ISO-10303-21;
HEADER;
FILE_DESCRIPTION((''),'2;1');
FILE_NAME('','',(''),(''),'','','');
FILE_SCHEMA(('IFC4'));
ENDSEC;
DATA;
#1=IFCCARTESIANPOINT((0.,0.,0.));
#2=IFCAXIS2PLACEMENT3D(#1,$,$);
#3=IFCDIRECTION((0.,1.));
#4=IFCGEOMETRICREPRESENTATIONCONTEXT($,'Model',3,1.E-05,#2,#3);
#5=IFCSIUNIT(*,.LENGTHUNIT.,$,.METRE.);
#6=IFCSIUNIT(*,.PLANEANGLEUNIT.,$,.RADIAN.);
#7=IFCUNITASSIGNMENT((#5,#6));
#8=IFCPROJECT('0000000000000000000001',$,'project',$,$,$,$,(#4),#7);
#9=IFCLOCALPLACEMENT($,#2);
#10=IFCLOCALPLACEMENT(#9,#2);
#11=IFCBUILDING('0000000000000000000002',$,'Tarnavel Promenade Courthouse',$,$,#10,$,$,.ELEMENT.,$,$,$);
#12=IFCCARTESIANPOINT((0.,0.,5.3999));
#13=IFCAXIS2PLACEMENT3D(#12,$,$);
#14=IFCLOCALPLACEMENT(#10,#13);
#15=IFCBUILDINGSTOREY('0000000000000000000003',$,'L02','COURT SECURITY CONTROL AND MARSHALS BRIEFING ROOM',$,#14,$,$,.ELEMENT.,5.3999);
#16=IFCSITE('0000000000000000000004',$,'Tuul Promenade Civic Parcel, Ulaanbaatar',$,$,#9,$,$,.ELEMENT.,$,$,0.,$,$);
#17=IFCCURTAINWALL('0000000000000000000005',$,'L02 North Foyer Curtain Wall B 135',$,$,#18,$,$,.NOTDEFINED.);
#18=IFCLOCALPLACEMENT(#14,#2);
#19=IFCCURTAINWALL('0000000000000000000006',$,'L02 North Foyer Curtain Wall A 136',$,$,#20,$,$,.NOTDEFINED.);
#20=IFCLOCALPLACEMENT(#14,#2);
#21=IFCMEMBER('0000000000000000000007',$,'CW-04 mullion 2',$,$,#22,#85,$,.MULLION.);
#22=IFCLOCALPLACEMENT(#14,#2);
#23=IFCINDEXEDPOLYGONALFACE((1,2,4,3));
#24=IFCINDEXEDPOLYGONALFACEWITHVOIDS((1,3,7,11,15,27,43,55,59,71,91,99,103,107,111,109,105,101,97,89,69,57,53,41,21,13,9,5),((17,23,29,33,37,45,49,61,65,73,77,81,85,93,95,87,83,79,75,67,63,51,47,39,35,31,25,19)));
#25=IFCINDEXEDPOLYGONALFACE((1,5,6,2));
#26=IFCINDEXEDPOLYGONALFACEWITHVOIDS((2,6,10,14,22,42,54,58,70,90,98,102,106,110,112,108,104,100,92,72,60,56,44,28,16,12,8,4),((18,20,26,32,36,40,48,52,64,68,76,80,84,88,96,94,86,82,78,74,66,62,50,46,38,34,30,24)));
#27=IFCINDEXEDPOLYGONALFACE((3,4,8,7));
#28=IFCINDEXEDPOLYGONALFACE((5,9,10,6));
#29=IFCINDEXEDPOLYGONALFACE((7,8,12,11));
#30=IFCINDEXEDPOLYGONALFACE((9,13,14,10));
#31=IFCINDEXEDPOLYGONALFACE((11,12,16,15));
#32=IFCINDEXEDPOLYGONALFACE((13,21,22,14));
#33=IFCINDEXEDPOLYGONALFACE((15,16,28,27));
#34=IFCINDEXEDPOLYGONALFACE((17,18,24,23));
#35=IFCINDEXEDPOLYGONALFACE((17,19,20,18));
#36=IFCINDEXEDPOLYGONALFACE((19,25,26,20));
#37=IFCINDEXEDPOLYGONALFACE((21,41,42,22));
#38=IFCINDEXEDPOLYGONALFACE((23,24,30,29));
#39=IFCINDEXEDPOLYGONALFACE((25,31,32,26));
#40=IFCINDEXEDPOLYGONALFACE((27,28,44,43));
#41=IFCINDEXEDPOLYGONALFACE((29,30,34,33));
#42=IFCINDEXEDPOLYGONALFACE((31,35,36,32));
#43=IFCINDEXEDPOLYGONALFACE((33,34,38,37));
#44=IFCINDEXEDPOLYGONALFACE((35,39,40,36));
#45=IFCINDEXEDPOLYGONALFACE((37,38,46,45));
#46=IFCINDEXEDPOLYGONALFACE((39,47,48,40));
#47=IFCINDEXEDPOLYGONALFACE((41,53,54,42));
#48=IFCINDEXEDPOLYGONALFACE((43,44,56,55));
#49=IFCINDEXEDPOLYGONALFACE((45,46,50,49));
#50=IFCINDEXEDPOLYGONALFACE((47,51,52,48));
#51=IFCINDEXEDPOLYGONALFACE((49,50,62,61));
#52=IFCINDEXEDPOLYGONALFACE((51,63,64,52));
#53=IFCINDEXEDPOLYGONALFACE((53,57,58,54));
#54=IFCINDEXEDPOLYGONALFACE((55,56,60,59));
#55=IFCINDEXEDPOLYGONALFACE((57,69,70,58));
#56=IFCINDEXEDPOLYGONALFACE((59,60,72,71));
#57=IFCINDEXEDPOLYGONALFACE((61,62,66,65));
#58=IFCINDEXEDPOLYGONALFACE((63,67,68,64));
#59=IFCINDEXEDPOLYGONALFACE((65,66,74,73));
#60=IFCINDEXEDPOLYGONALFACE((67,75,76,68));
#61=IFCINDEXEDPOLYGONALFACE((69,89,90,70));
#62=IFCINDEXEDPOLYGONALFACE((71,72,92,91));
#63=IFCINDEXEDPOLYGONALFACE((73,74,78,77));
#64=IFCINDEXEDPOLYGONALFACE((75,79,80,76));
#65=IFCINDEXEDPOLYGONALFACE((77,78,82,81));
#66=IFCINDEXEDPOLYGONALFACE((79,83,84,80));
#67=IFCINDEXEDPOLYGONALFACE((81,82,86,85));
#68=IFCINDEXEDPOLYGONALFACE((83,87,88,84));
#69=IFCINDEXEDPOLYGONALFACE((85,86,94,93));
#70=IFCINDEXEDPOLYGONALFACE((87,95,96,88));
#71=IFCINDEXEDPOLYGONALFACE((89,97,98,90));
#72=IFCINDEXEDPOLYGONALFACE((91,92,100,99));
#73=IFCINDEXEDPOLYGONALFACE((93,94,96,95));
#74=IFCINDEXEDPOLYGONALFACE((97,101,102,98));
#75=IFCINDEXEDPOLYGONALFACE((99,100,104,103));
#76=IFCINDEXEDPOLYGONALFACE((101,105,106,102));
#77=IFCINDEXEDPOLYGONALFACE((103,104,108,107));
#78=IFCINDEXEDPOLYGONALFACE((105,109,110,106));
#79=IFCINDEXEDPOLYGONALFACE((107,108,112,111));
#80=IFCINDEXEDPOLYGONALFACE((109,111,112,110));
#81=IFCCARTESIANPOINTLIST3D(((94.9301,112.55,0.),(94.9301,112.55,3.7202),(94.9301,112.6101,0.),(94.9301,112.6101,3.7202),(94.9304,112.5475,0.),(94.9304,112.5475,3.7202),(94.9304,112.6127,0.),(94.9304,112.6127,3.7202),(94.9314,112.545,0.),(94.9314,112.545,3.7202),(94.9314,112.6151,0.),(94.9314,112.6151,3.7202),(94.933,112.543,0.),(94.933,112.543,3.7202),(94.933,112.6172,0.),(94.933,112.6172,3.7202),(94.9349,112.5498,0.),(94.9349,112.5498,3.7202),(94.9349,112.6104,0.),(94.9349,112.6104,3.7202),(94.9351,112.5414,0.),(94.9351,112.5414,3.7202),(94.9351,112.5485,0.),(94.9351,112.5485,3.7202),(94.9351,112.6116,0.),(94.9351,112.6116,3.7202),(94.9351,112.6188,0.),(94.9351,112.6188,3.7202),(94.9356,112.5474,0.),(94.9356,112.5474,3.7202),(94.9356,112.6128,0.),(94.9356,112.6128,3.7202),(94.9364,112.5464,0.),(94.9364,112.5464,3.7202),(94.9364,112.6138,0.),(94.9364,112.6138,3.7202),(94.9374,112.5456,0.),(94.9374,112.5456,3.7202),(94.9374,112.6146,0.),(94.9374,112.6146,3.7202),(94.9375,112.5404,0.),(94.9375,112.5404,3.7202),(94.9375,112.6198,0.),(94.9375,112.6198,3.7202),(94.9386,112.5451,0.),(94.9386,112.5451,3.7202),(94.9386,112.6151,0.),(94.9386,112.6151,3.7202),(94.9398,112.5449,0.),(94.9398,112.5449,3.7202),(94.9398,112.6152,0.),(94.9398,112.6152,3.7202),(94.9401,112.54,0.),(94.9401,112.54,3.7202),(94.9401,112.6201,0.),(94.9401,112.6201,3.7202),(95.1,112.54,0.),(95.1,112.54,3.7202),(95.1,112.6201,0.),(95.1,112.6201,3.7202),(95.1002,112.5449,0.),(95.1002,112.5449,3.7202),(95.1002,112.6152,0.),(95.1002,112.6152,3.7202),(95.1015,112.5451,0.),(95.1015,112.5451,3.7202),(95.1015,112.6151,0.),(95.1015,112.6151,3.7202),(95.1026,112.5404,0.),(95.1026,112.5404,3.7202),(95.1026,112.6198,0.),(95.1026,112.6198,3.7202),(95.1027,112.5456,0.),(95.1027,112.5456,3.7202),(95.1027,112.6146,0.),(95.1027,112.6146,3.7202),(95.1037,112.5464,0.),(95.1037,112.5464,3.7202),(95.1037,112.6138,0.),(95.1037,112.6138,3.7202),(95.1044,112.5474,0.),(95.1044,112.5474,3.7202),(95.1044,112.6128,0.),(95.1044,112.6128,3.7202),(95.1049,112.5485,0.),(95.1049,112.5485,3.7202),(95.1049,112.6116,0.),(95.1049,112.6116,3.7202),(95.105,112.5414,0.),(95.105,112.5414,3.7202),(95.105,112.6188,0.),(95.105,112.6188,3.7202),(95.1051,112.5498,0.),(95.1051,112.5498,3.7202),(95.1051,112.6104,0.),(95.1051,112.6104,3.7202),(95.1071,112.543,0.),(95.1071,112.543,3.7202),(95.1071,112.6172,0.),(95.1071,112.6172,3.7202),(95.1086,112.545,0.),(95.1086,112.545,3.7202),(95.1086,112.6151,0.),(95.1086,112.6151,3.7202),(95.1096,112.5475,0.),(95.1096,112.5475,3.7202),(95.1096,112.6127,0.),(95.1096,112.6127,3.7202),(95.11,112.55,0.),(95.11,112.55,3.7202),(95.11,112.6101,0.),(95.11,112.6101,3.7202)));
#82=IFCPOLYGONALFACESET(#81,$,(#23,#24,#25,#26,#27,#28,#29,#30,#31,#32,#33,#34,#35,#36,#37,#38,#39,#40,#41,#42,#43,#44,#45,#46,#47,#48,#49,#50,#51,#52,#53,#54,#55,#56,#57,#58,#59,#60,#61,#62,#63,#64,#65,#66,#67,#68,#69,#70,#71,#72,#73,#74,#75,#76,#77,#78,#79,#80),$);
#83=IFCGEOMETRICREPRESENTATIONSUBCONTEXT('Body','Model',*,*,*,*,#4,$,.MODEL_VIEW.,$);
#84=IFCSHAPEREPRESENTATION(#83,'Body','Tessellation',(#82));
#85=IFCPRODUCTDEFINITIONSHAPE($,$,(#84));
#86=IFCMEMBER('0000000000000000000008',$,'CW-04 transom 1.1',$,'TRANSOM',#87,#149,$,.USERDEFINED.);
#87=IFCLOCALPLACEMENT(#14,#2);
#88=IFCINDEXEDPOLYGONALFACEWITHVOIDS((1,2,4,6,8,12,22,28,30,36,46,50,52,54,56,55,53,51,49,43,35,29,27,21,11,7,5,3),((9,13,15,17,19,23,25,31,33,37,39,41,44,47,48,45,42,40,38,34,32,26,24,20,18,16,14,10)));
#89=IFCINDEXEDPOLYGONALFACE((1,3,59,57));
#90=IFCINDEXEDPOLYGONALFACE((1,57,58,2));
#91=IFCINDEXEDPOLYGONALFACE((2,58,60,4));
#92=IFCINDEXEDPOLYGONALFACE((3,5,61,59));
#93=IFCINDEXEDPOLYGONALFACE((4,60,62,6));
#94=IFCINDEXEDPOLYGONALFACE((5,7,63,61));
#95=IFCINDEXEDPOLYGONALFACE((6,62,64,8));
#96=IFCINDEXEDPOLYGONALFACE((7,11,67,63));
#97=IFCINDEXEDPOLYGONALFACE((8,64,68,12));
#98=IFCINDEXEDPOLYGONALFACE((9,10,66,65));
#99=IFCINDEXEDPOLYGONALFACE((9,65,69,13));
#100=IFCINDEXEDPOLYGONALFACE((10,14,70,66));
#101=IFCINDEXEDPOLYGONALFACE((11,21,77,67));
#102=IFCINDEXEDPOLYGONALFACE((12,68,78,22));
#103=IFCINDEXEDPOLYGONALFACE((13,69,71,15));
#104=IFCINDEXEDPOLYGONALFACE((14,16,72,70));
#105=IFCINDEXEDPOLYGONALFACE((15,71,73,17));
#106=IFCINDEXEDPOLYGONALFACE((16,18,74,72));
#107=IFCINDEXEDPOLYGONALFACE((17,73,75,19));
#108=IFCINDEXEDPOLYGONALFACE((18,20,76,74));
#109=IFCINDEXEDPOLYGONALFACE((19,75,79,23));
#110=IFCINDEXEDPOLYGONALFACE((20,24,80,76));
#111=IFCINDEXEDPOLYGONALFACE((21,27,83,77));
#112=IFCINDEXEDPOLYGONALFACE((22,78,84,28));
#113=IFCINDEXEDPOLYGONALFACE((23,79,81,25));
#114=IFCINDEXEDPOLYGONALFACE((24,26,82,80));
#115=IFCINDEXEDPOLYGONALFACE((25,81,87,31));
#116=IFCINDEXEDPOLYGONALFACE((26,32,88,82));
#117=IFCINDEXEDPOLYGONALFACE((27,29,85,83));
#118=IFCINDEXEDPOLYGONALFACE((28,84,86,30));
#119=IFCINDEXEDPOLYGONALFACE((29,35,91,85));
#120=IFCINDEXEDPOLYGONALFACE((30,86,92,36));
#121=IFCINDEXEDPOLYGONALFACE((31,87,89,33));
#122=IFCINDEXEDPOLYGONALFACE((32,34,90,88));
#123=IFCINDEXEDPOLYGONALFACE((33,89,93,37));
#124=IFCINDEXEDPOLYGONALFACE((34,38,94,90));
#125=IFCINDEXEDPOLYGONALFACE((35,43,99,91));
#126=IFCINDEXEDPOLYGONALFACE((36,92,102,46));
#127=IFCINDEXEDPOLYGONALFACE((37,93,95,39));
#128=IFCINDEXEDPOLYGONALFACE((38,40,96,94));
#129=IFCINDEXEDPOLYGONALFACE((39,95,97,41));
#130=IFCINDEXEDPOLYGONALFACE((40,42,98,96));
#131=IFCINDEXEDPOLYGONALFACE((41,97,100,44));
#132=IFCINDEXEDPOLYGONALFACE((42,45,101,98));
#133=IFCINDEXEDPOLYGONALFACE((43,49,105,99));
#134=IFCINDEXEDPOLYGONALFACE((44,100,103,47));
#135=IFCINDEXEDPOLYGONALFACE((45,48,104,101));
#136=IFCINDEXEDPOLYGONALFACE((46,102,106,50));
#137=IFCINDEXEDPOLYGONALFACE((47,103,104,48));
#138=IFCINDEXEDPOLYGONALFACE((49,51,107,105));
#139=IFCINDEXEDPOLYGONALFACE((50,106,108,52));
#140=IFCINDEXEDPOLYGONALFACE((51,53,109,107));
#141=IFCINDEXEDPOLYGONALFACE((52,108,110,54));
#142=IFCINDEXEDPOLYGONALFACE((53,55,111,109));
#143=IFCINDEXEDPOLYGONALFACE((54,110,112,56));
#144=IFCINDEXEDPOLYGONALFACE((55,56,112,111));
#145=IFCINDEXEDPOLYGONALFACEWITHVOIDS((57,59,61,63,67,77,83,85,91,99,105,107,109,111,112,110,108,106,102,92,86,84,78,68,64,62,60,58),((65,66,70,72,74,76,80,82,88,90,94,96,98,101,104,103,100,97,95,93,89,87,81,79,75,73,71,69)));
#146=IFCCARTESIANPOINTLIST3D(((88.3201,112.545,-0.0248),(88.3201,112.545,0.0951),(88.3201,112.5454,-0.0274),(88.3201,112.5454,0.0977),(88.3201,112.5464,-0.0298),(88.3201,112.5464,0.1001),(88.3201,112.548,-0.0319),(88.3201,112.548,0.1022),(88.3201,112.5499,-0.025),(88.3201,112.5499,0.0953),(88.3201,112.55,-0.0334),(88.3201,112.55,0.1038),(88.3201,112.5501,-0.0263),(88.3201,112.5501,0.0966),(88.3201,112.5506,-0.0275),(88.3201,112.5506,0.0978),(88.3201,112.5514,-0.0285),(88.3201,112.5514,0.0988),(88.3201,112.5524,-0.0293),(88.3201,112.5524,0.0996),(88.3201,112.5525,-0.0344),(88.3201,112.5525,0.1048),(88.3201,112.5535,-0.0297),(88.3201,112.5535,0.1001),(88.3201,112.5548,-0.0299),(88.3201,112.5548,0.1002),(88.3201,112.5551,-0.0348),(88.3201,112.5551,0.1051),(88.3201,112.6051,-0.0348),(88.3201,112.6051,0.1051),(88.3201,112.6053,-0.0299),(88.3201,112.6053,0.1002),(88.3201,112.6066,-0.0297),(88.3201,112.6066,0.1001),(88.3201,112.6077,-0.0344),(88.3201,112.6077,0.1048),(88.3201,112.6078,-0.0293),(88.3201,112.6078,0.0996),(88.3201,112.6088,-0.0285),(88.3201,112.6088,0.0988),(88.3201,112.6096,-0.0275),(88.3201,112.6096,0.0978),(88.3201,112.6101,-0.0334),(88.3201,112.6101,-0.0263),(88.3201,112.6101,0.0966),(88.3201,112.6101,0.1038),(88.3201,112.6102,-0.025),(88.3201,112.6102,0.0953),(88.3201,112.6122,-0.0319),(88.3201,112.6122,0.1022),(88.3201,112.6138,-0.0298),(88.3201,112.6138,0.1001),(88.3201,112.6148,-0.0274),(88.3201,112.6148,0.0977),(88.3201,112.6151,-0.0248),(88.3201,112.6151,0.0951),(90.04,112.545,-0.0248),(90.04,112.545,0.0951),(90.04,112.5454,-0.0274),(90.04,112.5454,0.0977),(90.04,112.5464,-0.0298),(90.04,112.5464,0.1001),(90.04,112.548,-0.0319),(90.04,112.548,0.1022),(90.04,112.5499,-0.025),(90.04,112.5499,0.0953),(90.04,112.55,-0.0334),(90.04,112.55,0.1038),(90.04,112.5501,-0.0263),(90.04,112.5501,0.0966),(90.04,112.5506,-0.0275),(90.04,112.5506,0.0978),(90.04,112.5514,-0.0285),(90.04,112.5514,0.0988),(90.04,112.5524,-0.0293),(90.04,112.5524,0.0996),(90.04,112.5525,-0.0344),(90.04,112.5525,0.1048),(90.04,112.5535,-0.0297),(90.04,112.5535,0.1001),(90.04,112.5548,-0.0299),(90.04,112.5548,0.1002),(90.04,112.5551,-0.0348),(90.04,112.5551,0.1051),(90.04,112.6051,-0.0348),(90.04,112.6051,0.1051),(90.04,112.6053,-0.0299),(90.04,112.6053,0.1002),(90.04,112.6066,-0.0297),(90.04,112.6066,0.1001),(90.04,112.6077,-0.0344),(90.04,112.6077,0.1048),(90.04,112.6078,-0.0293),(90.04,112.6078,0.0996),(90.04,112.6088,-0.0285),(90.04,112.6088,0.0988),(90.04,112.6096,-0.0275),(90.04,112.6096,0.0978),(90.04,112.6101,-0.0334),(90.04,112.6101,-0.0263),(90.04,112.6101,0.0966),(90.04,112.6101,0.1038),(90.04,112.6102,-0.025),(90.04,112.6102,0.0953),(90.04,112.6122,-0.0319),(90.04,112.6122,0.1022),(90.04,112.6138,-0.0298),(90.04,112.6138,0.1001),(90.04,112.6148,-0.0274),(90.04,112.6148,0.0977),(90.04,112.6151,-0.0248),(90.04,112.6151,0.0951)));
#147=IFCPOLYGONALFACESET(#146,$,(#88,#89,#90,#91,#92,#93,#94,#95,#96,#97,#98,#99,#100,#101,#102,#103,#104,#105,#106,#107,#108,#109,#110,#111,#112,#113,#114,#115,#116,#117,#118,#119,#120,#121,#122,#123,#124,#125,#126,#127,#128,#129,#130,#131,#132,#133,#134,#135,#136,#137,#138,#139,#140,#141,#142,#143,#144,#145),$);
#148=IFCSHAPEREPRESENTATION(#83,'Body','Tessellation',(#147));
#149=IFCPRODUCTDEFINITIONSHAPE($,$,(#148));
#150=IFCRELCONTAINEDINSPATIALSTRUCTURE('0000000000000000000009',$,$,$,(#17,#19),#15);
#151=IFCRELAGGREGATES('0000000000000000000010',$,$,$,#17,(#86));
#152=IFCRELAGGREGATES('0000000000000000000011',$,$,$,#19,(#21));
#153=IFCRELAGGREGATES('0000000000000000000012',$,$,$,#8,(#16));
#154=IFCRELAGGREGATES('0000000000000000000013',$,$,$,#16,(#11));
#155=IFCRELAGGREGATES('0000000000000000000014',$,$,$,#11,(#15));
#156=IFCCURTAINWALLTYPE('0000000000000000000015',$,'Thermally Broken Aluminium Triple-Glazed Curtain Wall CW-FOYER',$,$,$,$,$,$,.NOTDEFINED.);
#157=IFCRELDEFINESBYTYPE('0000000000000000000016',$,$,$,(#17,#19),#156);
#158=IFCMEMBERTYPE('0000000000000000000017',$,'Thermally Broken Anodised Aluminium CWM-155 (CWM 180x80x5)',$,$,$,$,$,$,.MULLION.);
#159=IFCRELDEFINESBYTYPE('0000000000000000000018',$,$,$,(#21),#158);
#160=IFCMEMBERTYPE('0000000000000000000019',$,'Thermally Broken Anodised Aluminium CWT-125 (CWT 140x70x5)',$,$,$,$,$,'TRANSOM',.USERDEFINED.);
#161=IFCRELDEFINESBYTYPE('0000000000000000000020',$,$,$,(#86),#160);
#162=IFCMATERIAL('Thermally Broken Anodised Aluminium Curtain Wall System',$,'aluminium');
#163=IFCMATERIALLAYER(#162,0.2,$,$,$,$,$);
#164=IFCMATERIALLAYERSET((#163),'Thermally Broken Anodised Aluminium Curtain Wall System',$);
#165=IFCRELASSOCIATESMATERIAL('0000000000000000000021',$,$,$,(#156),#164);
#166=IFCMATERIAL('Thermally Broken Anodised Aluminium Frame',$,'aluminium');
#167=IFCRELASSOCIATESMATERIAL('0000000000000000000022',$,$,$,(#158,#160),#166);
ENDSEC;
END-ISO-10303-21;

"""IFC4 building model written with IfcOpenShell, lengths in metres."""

from ifc_helpers import new_model, si_unit, direction, frame, origin, origin_2d, place, context, subcontext, project, spatial, hollow_rectangle, extrude, material, layer, layer_set, material_profile, profile_set, type_object, element, aggregate, save


model = new_model("IFC4")

# Units and contexts
model_context = context("Model", 3, precision=1e-05, world=origin(), true_north=direction((0.0, 1.0)))
body_context = subcontext(model_context, "Body", "Model", "MODEL_VIEW")
ifc_project = project(units=[si_unit("LENGTHUNIT", "METRE"), si_unit("PLANEANGLEUNIT", "RADIAN")], contexts=[model_context])

# Site, building, storey
site_placement = place(None, origin())
site = spatial("IfcSite", under=ifc_project, at=site_placement, Name="Tuul Promenade Civic Parcel, Ulaanbaatar", CompositionType="ELEMENT", RefElevation=0.0)
building_placement = place(site_placement, origin())
building = spatial("IfcBuilding", under=site, at=building_placement, Name="Tarnavel Promenade Courthouse", CompositionType="ELEMENT")
storey_placement = place(building_placement, frame((0.0, 0.0, 5.3999)))
storey = spatial("IfcBuildingStorey", under=building, at=storey_placement, Name="L02", Description="COURT SECURITY CONTROL AND MARSHALS BRIEFING ROOM", CompositionType="ELEMENT", Elevation=5.3999)

# Shared definitions
ifc_material_1 = material(Name="Thermally Broken Anodised Aluminium Curtain Wall System", Category="aluminium")
ifc_layer_1 = layer(ifc_material_1, 0.2)
ifc_layer_set_1 = layer_set([ifc_layer_1], Name="Thermally Broken Anodised Aluminium Curtain Wall System")
curtain_wall_type = type_object("IfcCurtainWallType", Name="Thermally Broken Aluminium Triple-Glazed Curtain Wall CW-FOYER", PredefinedType="NOTDEFINED", material=ifc_layer_set_1)
ifc_material_2 = material(Name="Thermally Broken Anodised Aluminium Frame", Category="aluminium")
ifc_material_profile_1 = material_profile(ifc_material_2, hollow_rectangle(XDim=0.0801, YDim=0.1799, WallThickness=0.0049, InnerFilletRadius=0.0049, OuterFilletRadius=0.01, at=origin_2d()), Name="CWM 180x80x5")
ifc_profile_set_1 = profile_set([ifc_material_profile_1], Name="Thermally Broken Anodised Aluminium Frame")
member_type_1 = type_object("IfcMemberType", Name="Thermally Broken Anodised Aluminium CWM-155 (CWM 180x80x5)", PredefinedType="MULLION", material=ifc_profile_set_1)

# Curtain walls, member
curtain_wall_1_placement = place(storey_placement, origin())
curtain_wall_1 = element("IfcCurtainWall", 1, at=curtain_wall_1_placement, inside=storey, type_object=curtain_wall_type, Name="L02 North Foyer Curtain Wall B 135", PredefinedType="NOTDEFINED")
curtain_wall_2_placement = place(storey_placement, origin())
curtain_wall_2 = element("IfcCurtainWall", 2, at=curtain_wall_2_placement, inside=storey, type_object=curtain_wall_type, Name="L02 North Foyer Curtain Wall A 136", PredefinedType="NOTDEFINED")
member_1_placement = place(storey_placement, frame((95.02, 112.5801, 0.0), z_axis=(0.0, 0.0, 1.0), x_axis=(0.0, 1.0, 0.0)))
member_1 = element("IfcMember", 3, at=member_1_placement, type_object=member_type_1, Name="CW-04 mullion 2", PredefinedType="MULLION", context=body_context, shape_type="SweptSolid", body=[
    extrude(hollow_rectangle(XDim=0.0801, YDim=0.1799, WallThickness=0.0049, InnerFilletRadius=0.0049, OuterFilletRadius=0.01, at=origin_2d()), origin(), (0.0, 0.0, 1.0), 3.7202),
])

# Member
ifc_material_profile_2 = material_profile(ifc_material_2, hollow_rectangle(XDim=0.0701, YDim=0.1399, WallThickness=0.0049, InnerFilletRadius=0.0049, OuterFilletRadius=0.01, at=origin_2d()), Name="CWT 140x70x5")
ifc_profile_set_2 = profile_set([ifc_material_profile_2], Name="Thermally Broken Anodised Aluminium Frame")
member_type_2 = type_object("IfcMemberType", Name="Thermally Broken Anodised Aluminium CWT-125 (CWT 140x70x5)", ElementType="TRANSOM", PredefinedType="USERDEFINED", material=ifc_profile_set_2)
member_2_placement = place(storey_placement, frame((88.3201, 112.5801, 0.0352), z_axis=(1.0, 0.0, 0.0), x_axis=(0.0, 1.0, 0.0)))
member_2 = element("IfcMember", 4, at=member_2_placement, type_object=member_type_2, Name="CW-04 transom 1.1", ObjectType="TRANSOM", PredefinedType="USERDEFINED", context=body_context, shape_type="SweptSolid", body=[
    extrude(hollow_rectangle(XDim=0.0701, YDim=0.1399, WallThickness=0.0049, InnerFilletRadius=0.0049, OuterFilletRadius=0.01, at=origin_2d()), origin(), (0.0, 0.0, 1.0), 1.72),
])

aggregate(curtain_wall_1, [member_2])
aggregate(curtain_wall_2, [member_1])

save(model, "model.ifc")
